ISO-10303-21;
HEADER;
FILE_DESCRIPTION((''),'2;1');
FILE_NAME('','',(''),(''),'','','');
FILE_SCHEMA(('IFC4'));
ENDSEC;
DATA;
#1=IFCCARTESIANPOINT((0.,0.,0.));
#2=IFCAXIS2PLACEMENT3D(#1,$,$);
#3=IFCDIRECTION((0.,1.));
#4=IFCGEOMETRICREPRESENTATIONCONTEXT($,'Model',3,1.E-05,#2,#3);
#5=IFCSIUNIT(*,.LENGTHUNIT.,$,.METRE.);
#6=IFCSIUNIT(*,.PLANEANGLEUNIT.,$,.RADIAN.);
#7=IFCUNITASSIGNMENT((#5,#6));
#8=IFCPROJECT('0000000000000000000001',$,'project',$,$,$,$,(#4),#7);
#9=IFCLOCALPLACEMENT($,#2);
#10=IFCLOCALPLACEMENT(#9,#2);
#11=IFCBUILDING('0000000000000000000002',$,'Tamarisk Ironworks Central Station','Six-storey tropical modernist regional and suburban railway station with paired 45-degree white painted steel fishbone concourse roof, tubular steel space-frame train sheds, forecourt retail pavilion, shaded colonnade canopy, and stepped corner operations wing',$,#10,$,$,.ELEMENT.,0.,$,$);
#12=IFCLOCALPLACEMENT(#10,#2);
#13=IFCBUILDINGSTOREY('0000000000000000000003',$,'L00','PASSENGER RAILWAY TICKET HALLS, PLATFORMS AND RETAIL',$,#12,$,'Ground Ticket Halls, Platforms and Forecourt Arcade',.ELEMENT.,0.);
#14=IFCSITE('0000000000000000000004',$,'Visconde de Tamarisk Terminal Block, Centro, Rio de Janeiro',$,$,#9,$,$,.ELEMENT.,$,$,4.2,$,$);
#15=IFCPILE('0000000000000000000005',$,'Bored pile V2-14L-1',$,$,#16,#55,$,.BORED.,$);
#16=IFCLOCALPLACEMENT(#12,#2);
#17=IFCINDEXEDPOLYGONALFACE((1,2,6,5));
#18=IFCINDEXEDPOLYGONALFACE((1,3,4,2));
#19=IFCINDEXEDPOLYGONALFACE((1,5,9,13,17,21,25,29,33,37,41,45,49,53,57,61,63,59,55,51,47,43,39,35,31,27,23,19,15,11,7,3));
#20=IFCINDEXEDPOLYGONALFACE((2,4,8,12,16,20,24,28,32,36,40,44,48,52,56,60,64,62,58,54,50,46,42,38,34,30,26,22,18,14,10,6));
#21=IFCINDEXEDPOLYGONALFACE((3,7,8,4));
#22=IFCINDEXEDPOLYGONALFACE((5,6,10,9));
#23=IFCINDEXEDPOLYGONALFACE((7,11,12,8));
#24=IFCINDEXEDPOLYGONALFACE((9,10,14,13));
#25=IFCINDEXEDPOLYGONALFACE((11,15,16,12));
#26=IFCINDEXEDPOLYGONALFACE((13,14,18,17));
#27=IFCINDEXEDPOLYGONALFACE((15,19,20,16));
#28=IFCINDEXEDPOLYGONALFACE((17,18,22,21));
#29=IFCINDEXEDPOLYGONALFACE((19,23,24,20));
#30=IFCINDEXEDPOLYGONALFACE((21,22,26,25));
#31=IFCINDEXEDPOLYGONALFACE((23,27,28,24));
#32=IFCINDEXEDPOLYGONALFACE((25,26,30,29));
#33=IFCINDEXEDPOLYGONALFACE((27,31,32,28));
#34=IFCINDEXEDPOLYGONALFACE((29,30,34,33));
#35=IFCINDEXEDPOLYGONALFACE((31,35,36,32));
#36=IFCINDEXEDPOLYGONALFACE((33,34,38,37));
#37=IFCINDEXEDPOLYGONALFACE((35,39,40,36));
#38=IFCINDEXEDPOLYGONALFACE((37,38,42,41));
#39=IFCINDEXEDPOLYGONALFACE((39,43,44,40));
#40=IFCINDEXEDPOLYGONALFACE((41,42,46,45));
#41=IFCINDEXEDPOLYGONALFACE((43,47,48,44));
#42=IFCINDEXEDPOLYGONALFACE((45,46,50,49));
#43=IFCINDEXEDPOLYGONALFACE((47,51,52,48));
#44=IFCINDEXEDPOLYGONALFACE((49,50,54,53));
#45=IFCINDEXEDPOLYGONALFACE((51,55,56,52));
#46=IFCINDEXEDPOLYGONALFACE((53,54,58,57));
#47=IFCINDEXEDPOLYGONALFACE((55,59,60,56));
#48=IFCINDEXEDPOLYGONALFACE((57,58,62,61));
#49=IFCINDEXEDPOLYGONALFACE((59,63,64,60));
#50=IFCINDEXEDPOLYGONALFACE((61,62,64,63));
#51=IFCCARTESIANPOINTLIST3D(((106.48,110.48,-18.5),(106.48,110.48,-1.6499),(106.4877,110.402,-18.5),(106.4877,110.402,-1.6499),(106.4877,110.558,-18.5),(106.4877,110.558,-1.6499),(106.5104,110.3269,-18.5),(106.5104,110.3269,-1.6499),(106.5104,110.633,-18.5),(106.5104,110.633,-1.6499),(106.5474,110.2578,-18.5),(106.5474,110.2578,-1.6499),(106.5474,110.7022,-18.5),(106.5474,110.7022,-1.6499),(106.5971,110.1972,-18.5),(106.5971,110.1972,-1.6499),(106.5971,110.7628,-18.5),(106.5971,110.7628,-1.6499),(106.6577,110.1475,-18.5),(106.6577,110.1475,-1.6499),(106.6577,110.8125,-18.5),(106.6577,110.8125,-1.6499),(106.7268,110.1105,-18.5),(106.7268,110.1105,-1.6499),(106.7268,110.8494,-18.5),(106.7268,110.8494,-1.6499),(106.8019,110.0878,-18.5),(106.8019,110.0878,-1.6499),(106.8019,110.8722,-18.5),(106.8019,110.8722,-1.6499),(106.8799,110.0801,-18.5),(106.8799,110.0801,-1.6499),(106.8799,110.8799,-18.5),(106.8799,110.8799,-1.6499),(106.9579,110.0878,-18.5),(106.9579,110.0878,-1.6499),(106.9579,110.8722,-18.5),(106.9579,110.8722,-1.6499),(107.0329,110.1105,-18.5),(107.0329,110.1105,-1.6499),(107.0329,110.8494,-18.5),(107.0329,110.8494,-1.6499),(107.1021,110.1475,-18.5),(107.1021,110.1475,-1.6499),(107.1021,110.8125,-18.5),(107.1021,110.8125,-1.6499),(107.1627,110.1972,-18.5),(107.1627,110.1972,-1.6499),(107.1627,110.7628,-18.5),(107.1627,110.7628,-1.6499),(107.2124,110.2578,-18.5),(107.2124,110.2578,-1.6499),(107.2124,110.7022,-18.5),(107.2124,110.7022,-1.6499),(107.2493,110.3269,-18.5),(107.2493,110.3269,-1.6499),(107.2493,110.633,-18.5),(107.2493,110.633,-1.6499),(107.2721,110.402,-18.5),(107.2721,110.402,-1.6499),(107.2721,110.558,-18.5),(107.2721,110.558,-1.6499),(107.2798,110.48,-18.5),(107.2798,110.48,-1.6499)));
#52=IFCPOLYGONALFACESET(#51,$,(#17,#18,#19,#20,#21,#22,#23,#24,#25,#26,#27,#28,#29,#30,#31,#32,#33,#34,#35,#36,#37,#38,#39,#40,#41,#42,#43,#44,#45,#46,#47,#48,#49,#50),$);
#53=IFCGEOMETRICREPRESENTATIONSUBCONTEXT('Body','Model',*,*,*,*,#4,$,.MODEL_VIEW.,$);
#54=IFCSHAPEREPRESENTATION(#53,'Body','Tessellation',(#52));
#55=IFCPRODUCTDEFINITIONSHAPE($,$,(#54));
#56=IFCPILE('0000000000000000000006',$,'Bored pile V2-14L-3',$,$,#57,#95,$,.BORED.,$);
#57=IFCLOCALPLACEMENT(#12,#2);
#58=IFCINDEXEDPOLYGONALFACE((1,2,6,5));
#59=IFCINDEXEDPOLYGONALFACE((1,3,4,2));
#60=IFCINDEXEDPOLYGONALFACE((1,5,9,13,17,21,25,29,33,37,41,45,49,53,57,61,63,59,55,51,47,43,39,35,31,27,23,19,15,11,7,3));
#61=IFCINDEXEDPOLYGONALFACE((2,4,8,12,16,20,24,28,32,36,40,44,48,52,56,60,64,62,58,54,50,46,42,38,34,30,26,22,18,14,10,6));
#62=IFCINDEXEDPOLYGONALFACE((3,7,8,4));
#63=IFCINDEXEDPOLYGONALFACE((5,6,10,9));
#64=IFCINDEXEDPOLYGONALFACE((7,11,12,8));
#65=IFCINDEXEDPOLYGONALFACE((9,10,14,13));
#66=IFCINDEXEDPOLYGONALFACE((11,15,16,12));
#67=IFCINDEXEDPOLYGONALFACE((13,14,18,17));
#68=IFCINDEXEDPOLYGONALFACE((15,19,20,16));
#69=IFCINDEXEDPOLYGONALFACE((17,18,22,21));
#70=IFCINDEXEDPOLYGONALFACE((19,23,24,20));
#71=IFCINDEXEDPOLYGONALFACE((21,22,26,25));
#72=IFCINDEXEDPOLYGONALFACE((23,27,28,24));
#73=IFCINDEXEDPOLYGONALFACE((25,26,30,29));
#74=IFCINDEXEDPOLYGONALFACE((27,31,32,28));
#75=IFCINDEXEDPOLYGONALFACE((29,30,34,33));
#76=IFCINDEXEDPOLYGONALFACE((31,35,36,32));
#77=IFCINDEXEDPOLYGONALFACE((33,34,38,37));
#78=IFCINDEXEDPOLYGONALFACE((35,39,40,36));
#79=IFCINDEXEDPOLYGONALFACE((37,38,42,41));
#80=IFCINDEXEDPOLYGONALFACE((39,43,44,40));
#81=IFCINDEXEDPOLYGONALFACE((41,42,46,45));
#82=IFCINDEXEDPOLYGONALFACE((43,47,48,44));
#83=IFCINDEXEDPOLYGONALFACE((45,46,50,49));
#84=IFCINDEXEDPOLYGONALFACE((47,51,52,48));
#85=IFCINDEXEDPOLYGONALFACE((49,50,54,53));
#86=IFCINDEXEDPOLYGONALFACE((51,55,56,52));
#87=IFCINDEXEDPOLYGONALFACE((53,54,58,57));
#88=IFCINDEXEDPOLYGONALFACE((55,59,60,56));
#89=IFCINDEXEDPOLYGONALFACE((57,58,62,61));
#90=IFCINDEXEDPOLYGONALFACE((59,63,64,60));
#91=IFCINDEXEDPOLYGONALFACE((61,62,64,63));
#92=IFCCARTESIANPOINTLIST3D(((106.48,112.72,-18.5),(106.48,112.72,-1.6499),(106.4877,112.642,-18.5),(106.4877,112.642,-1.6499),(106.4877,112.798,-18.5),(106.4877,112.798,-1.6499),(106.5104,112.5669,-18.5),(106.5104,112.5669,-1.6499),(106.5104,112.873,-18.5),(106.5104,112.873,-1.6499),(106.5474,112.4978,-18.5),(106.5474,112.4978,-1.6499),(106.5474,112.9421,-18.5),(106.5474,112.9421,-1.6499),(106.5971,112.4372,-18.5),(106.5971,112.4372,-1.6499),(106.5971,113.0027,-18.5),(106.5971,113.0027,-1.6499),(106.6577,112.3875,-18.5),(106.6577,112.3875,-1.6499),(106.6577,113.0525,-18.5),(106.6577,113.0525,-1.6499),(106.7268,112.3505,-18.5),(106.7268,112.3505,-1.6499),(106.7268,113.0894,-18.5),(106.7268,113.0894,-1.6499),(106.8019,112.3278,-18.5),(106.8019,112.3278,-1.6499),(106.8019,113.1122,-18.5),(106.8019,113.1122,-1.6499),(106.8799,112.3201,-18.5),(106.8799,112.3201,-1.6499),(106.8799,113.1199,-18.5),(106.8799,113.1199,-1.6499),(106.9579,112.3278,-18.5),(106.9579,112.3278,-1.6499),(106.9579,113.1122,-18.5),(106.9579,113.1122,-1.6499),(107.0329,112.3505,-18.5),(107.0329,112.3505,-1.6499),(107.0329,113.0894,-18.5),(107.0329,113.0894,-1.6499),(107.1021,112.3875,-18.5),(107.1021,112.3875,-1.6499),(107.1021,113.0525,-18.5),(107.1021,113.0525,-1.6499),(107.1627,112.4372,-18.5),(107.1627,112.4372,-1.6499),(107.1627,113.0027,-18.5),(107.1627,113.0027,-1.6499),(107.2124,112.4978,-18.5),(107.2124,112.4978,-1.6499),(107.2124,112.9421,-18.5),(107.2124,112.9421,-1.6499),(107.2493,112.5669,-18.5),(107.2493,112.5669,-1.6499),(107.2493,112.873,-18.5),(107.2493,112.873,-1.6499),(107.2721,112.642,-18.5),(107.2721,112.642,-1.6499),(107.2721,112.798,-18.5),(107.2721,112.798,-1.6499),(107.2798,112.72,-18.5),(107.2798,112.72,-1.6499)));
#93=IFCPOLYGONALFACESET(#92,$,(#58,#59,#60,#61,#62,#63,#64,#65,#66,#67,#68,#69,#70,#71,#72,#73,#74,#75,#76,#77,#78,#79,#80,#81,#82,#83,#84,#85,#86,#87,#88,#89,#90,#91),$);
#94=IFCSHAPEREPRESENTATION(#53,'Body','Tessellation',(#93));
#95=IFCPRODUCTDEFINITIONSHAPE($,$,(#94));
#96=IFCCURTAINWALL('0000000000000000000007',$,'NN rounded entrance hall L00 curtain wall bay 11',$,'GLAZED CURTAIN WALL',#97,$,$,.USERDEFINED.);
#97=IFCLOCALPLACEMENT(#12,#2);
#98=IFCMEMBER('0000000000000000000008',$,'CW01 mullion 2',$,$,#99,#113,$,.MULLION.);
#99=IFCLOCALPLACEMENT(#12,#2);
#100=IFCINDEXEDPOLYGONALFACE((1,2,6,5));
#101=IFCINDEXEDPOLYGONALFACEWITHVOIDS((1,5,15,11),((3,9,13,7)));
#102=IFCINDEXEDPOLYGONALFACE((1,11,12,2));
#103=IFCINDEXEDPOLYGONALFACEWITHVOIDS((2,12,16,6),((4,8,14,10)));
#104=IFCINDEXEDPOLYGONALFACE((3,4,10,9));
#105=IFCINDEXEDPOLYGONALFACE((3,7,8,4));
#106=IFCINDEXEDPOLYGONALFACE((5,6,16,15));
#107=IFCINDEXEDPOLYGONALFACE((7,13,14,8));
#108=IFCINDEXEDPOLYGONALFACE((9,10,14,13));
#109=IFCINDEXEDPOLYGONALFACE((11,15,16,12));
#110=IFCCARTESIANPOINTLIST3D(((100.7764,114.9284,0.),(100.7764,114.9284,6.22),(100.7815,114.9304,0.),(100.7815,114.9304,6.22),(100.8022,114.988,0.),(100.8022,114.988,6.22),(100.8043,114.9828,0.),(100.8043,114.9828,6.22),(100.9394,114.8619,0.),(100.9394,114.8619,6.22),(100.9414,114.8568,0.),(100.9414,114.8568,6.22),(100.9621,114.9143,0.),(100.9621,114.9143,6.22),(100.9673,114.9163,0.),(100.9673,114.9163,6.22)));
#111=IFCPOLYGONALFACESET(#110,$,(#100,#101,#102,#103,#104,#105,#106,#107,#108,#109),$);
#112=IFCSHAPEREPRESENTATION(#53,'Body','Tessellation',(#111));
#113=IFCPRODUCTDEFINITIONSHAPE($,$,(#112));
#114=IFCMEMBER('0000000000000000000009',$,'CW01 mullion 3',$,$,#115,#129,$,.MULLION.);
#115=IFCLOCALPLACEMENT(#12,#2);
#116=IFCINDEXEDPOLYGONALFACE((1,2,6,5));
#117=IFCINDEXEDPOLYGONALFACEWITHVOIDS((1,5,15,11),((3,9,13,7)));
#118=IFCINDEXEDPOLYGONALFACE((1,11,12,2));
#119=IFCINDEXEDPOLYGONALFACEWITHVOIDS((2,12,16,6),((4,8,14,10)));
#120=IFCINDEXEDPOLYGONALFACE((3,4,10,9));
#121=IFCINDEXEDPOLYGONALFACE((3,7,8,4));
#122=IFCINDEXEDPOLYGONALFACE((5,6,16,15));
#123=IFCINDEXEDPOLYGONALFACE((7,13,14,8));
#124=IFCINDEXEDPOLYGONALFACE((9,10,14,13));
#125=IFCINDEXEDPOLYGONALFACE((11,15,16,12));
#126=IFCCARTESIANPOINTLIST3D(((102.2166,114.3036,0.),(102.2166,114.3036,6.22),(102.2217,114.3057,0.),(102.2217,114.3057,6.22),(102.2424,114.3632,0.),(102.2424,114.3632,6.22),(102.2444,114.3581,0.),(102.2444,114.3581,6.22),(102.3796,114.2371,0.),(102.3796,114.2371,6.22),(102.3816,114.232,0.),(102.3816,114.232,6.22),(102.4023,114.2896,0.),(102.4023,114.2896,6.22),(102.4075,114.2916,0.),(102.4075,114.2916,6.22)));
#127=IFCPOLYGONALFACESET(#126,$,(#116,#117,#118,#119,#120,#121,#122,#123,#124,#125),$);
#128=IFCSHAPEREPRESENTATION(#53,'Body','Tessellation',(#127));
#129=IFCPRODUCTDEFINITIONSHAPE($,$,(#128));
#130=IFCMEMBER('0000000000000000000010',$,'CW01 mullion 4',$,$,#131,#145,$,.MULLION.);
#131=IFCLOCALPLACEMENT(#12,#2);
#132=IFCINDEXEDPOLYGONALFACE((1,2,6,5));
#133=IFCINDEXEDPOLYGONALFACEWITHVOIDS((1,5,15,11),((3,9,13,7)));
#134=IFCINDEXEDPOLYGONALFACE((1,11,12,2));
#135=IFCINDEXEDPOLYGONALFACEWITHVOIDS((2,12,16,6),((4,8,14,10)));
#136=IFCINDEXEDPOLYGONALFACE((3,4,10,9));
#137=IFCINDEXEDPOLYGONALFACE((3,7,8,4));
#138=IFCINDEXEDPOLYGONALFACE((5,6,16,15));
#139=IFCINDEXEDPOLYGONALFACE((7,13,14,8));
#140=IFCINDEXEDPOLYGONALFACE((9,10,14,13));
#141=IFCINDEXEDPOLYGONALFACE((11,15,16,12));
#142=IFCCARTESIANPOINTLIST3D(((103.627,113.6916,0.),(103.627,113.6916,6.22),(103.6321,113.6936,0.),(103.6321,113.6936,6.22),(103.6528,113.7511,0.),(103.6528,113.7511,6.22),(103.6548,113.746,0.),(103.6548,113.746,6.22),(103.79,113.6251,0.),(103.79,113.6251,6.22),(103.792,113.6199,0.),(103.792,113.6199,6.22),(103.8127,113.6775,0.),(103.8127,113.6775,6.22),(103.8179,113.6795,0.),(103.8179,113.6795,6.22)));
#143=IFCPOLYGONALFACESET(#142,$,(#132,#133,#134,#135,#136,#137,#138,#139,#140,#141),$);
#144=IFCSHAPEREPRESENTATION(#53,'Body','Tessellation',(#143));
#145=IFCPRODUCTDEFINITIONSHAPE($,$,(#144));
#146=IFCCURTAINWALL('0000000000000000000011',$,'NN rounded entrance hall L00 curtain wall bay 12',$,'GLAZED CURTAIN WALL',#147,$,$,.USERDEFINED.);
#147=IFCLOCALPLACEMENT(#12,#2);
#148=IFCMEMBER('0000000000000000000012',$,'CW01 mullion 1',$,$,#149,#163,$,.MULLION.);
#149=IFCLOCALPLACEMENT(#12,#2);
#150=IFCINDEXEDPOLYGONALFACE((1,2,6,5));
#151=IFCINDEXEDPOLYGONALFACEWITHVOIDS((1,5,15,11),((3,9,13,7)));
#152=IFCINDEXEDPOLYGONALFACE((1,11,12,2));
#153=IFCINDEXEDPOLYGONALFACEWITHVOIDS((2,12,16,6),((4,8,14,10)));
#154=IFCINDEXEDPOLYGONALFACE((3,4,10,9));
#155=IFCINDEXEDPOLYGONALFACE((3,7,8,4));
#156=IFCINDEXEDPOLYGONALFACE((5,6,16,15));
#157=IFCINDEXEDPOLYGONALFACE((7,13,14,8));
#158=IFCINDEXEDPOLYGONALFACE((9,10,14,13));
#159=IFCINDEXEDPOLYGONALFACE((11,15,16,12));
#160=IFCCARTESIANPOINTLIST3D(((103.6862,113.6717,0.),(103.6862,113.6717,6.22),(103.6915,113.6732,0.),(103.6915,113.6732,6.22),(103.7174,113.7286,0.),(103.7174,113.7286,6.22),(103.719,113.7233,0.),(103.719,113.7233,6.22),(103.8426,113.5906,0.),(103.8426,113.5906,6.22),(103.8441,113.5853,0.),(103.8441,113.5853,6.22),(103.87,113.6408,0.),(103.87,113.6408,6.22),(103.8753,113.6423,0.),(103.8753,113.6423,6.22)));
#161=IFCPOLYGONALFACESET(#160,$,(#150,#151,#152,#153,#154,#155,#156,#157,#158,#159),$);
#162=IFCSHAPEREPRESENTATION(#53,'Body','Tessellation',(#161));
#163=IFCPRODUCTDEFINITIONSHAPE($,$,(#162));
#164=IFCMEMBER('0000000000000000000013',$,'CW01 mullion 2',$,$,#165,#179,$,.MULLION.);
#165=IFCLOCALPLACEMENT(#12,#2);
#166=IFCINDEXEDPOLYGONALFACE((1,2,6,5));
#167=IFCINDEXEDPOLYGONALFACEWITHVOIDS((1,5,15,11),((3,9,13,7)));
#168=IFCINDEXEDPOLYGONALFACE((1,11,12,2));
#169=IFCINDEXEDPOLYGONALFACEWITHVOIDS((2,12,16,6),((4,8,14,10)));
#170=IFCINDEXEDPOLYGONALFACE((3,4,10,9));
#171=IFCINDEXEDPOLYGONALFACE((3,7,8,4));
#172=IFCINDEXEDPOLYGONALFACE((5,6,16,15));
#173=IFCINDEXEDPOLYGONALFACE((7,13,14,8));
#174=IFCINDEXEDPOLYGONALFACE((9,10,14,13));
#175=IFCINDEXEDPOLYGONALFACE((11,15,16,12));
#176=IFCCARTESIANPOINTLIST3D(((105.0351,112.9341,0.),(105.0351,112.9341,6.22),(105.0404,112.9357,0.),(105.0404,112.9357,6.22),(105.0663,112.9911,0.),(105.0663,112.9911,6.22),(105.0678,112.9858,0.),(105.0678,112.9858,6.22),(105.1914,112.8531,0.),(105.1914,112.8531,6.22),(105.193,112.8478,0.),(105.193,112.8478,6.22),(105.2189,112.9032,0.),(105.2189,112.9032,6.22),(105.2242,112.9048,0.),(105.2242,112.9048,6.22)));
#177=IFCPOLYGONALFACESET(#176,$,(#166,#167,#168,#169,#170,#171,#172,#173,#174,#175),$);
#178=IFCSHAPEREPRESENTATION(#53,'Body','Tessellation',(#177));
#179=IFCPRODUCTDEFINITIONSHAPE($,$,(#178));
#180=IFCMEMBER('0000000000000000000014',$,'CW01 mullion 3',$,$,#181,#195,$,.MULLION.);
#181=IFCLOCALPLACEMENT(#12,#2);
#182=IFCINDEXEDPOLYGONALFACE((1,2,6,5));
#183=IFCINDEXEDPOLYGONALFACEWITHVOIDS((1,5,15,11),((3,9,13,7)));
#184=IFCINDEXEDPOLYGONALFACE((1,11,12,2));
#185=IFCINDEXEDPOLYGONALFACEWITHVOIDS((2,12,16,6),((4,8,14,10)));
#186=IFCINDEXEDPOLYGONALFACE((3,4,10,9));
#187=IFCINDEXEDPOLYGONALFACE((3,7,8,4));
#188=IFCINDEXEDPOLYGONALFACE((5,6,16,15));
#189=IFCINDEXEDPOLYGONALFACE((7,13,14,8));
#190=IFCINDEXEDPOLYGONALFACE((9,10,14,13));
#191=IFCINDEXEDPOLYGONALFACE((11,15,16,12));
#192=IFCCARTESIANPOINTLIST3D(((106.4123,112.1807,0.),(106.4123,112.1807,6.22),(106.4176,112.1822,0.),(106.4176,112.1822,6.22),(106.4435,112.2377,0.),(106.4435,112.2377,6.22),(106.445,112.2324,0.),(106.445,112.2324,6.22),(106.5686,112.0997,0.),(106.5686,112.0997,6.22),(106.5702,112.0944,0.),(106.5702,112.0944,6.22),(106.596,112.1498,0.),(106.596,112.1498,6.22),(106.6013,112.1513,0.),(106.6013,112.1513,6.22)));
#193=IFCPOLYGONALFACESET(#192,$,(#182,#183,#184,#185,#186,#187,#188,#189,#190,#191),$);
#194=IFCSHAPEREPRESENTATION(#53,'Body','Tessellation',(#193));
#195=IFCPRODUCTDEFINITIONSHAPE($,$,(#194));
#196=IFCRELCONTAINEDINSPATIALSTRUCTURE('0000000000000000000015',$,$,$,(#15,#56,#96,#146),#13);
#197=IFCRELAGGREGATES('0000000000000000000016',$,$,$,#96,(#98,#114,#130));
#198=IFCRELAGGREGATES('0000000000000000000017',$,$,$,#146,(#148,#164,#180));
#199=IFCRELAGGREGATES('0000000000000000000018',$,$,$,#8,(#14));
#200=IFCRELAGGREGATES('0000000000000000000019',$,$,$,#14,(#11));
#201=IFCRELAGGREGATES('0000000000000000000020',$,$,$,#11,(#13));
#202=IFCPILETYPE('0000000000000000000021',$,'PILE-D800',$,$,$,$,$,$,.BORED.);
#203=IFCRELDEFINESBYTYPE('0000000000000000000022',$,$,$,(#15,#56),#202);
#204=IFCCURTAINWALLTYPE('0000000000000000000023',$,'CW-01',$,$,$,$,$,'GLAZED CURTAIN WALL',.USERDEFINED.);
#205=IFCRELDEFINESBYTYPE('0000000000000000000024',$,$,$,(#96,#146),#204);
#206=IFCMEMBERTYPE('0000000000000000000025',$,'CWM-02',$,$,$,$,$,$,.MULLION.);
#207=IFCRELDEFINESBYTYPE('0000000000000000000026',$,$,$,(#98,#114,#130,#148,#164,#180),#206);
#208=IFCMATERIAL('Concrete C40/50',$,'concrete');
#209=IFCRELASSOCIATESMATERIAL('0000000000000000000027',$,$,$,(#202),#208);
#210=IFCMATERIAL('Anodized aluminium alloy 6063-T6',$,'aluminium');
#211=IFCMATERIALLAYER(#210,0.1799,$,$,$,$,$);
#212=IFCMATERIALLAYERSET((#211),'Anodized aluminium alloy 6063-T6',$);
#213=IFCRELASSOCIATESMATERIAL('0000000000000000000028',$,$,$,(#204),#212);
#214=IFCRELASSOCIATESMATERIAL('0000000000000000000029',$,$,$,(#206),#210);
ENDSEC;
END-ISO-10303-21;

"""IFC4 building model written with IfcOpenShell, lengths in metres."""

from ifc_helpers import new_model, si_unit, direction, frame, origin, origin_2d, place, context, subcontext, project, spatial, hollow_rectangle, circle, extrude, material, layer, layer_set, material_profile, profile_set, type_object, element, aggregate, save


model = new_model("IFC4")

# Units and contexts
model_context = context("Model", 3, precision=1e-05, world=origin(), true_north=direction((0.0, 1.0)))
body_context = subcontext(model_context, "Body", "Model", "MODEL_VIEW")
ifc_project = project(units=[si_unit("LENGTHUNIT", "METRE"), si_unit("PLANEANGLEUNIT", "RADIAN")], contexts=[model_context])

# Site, building, storey
site_placement = place(None, origin())
site = spatial("IfcSite", under=ifc_project, at=site_placement, Name="Visconde de Tamarisk Terminal Block, Centro, Rio de Janeiro", CompositionType="ELEMENT", RefElevation=4.2)
building_placement = place(site_placement, origin())
building = spatial("IfcBuilding", under=site, at=building_placement, Name="Tamarisk Ironworks Central Station", Description="Six-storey tropical modernist regional and suburban railway station with paired 45-degree white painted steel fishbone concourse roof, tubular steel space-frame train sheds, forecourt retail pavilion, shaded colonnade canopy, and stepped corner operations wing", CompositionType="ELEMENT", ElevationOfRefHeight=0.0)
storey_placement = place(building_placement, origin())
storey = spatial("IfcBuildingStorey", under=building, at=storey_placement, Name="L00", Description="PASSENGER RAILWAY TICKET HALLS, PLATFORMS AND RETAIL", LongName="Ground Ticket Halls, Platforms and Forecourt Arcade", CompositionType="ELEMENT", Elevation=0.0)

# Piles
ifc_material_1 = material(Name="Concrete C40/50", Category="concrete")
ifc_material_profile_1 = material_profile(ifc_material_1, circle(Radius=0.3999, at=origin_2d()), Name="BORED PILE D800")
ifc_profile_set_1 = profile_set([ifc_material_profile_1], Name="Concrete C40/50")
pile_type = type_object("IfcPileType", Name="PILE-D800", PredefinedType="BORED", material=ifc_profile_set_1)
for number, where, z_axis, x_axis, name in (
    (1, (106.8799, 110.48, -1.6499), (0.0, 0.0, -1.0), (1.0, 0.0, 0.0), "Bored pile V2-14L-1"),
    (2, (106.8799, 112.72, -1.6499), (0.0, 0.0, -1.0), (1.0, 0.0, 0.0), "Bored pile V2-14L-3"),
):
    element("IfcPile", number, at=place(storey_placement, frame(where, z_axis=z_axis, x_axis=x_axis)), inside=storey, type_object=pile_type, Name=name, PredefinedType="BORED", context=body_context, shape_type="SweptSolid", body=[
        extrude(circle(Radius=0.3999, at=origin_2d()), origin(), (0.0, 0.0, 1.0), 16.8501),
    ])

# Curtain walls, members
ifc_material_2 = material(Name="Anodized aluminium alloy 6063-T6", Category="aluminium")
ifc_layer_1 = layer(ifc_material_2, 0.1799)
ifc_layer_set_1 = layer_set([ifc_layer_1], Name="Anodized aluminium alloy 6063-T6")
curtain_wall_type_1 = type_object("IfcCurtainWallType", Name="CW-01", ElementType="GLAZED CURTAIN WALL", PredefinedType="USERDEFINED", material=ifc_layer_set_1)
curtain_wall_1_placement = place(storey_placement, origin())
curtain_wall_1 = element("IfcCurtainWall", 3, at=curtain_wall_1_placement, inside=storey, type_object=curtain_wall_type_1, Name="NN rounded entrance hall L00 curtain wall bay 11", ObjectType="GLAZED CURTAIN WALL", PredefinedType="USERDEFINED")
ifc_material_profile_2 = material_profile(ifc_material_2, hollow_rectangle(XDim=0.0649, YDim=0.1799, WallThickness=0.0039, at=origin_2d()), Name="ALUM 180x65")
ifc_profile_set_2 = profile_set([ifc_material_profile_2], Name="Anodized aluminium alloy 6063-T6")
member_type_1 = type_object("IfcMemberType", Name="CWM-02", PredefinedType="MULLION", material=ifc_profile_set_2)
member_1_placement = place(storey_placement, frame((100.8718, 114.9224, 0.0), z_axis=(0.0, 0.0, 1.0), x_axis=(0.398077, 0.917352, 0.0)))
member_1 = element("IfcMember", 4, at=member_1_placement, type_object=member_type_1, Name="CW01 mullion 2", PredefinedType="MULLION", context=body_context, shape_type="SweptSolid", body=[
    extrude(hollow_rectangle(XDim=0.0649, YDim=0.1799, WallThickness=0.0039, at=origin_2d()), origin(), (0.0, 0.0, 1.0), 6.22),
])
member_2_placement = place(storey_placement, frame((102.312, 114.2976, 0.0), z_axis=(0.0, 0.0, 1.0), x_axis=(0.398077, 0.917352, 0.0)))
member_2 = element("IfcMember", 5, at=member_2_placement, type_object=member_type_1, Name="CW01 mullion 3", PredefinedType="MULLION", context=body_context, shape_type="SweptSolid", body=[
    extrude(hollow_rectangle(XDim=0.0649, YDim=0.1799, WallThickness=0.0039, at=origin_2d()), origin(), (0.0, 0.0, 1.0), 6.22),
])
member_3_placement = place(storey_placement, frame((103.7224, 113.6855, 0.0), z_axis=(0.0, 0.0, 1.0), x_axis=(0.398077, 0.917352, 0.0)))
member_3 = element("IfcMember", 6, at=member_3_placement, type_object=member_type_1, Name="CW01 mullion 4", PredefinedType="MULLION", context=body_context, shape_type="SweptSolid", body=[
    extrude(hollow_rectangle(XDim=0.0649, YDim=0.1799, WallThickness=0.0039, at=origin_2d()), origin(), (0.0, 0.0, 1.0), 6.22),
])
curtain_wall_2_placement = place(storey_placement, origin())
curtain_wall_2 = element("IfcCurtainWall", 7, at=curtain_wall_2_placement, inside=storey, type_object=curtain_wall_type_1, Name="NN rounded entrance hall L00 curtain wall bay 12", ObjectType="GLAZED CURTAIN WALL", PredefinedType="USERDEFINED")
member_4_placement = place(storey_placement, frame((103.7808, 113.657, 0.0), z_axis=(0.0, 0.0, 1.0), x_axis=(0.479805, 0.877375, 0.0)))
member_4 = element("IfcMember", 8, at=member_4_placement, type_object=member_type_1, Name="CW01 mullion 1", PredefinedType="MULLION", context=body_context, shape_type="SweptSolid", body=[
    extrude(hollow_rectangle(XDim=0.0649, YDim=0.1799, WallThickness=0.0039, at=origin_2d()), origin(), (0.0, 0.0, 1.0), 6.22),
])
member_5_placement = place(storey_placement, frame((105.1296, 112.9194, 0.0), z_axis=(0.0, 0.0, 1.0), x_axis=(0.479805, 0.877375, 0.0)))
member_5 = element("IfcMember", 9, at=member_5_placement, type_object=member_type_1, Name="CW01 mullion 2", PredefinedType="MULLION", context=body_context, shape_type="SweptSolid", body=[
    extrude(hollow_rectangle(XDim=0.0649, YDim=0.1799, WallThickness=0.0039, at=origin_2d()), origin(), (0.0, 0.0, 1.0), 6.22),
])
member_6_placement = place(storey_placement, frame((106.5068, 112.166, 0.0), z_axis=(0.0, 0.0, 1.0), x_axis=(0.479805, 0.877375, 0.0)))
member_6 = element("IfcMember", 10, at=member_6_placement, type_object=member_type_1, Name="CW01 mullion 3", PredefinedType="MULLION", context=body_context, shape_type="SweptSolid", body=[
    extrude(hollow_rectangle(XDim=0.0649, YDim=0.1799, WallThickness=0.0039, at=origin_2d()), origin(), (0.0, 0.0, 1.0), 6.22),
])

aggregate(curtain_wall_1, [member_1, member_2, member_3])
aggregate(curtain_wall_2, [member_4, member_5, member_6])

save(model, "model.ifc")
